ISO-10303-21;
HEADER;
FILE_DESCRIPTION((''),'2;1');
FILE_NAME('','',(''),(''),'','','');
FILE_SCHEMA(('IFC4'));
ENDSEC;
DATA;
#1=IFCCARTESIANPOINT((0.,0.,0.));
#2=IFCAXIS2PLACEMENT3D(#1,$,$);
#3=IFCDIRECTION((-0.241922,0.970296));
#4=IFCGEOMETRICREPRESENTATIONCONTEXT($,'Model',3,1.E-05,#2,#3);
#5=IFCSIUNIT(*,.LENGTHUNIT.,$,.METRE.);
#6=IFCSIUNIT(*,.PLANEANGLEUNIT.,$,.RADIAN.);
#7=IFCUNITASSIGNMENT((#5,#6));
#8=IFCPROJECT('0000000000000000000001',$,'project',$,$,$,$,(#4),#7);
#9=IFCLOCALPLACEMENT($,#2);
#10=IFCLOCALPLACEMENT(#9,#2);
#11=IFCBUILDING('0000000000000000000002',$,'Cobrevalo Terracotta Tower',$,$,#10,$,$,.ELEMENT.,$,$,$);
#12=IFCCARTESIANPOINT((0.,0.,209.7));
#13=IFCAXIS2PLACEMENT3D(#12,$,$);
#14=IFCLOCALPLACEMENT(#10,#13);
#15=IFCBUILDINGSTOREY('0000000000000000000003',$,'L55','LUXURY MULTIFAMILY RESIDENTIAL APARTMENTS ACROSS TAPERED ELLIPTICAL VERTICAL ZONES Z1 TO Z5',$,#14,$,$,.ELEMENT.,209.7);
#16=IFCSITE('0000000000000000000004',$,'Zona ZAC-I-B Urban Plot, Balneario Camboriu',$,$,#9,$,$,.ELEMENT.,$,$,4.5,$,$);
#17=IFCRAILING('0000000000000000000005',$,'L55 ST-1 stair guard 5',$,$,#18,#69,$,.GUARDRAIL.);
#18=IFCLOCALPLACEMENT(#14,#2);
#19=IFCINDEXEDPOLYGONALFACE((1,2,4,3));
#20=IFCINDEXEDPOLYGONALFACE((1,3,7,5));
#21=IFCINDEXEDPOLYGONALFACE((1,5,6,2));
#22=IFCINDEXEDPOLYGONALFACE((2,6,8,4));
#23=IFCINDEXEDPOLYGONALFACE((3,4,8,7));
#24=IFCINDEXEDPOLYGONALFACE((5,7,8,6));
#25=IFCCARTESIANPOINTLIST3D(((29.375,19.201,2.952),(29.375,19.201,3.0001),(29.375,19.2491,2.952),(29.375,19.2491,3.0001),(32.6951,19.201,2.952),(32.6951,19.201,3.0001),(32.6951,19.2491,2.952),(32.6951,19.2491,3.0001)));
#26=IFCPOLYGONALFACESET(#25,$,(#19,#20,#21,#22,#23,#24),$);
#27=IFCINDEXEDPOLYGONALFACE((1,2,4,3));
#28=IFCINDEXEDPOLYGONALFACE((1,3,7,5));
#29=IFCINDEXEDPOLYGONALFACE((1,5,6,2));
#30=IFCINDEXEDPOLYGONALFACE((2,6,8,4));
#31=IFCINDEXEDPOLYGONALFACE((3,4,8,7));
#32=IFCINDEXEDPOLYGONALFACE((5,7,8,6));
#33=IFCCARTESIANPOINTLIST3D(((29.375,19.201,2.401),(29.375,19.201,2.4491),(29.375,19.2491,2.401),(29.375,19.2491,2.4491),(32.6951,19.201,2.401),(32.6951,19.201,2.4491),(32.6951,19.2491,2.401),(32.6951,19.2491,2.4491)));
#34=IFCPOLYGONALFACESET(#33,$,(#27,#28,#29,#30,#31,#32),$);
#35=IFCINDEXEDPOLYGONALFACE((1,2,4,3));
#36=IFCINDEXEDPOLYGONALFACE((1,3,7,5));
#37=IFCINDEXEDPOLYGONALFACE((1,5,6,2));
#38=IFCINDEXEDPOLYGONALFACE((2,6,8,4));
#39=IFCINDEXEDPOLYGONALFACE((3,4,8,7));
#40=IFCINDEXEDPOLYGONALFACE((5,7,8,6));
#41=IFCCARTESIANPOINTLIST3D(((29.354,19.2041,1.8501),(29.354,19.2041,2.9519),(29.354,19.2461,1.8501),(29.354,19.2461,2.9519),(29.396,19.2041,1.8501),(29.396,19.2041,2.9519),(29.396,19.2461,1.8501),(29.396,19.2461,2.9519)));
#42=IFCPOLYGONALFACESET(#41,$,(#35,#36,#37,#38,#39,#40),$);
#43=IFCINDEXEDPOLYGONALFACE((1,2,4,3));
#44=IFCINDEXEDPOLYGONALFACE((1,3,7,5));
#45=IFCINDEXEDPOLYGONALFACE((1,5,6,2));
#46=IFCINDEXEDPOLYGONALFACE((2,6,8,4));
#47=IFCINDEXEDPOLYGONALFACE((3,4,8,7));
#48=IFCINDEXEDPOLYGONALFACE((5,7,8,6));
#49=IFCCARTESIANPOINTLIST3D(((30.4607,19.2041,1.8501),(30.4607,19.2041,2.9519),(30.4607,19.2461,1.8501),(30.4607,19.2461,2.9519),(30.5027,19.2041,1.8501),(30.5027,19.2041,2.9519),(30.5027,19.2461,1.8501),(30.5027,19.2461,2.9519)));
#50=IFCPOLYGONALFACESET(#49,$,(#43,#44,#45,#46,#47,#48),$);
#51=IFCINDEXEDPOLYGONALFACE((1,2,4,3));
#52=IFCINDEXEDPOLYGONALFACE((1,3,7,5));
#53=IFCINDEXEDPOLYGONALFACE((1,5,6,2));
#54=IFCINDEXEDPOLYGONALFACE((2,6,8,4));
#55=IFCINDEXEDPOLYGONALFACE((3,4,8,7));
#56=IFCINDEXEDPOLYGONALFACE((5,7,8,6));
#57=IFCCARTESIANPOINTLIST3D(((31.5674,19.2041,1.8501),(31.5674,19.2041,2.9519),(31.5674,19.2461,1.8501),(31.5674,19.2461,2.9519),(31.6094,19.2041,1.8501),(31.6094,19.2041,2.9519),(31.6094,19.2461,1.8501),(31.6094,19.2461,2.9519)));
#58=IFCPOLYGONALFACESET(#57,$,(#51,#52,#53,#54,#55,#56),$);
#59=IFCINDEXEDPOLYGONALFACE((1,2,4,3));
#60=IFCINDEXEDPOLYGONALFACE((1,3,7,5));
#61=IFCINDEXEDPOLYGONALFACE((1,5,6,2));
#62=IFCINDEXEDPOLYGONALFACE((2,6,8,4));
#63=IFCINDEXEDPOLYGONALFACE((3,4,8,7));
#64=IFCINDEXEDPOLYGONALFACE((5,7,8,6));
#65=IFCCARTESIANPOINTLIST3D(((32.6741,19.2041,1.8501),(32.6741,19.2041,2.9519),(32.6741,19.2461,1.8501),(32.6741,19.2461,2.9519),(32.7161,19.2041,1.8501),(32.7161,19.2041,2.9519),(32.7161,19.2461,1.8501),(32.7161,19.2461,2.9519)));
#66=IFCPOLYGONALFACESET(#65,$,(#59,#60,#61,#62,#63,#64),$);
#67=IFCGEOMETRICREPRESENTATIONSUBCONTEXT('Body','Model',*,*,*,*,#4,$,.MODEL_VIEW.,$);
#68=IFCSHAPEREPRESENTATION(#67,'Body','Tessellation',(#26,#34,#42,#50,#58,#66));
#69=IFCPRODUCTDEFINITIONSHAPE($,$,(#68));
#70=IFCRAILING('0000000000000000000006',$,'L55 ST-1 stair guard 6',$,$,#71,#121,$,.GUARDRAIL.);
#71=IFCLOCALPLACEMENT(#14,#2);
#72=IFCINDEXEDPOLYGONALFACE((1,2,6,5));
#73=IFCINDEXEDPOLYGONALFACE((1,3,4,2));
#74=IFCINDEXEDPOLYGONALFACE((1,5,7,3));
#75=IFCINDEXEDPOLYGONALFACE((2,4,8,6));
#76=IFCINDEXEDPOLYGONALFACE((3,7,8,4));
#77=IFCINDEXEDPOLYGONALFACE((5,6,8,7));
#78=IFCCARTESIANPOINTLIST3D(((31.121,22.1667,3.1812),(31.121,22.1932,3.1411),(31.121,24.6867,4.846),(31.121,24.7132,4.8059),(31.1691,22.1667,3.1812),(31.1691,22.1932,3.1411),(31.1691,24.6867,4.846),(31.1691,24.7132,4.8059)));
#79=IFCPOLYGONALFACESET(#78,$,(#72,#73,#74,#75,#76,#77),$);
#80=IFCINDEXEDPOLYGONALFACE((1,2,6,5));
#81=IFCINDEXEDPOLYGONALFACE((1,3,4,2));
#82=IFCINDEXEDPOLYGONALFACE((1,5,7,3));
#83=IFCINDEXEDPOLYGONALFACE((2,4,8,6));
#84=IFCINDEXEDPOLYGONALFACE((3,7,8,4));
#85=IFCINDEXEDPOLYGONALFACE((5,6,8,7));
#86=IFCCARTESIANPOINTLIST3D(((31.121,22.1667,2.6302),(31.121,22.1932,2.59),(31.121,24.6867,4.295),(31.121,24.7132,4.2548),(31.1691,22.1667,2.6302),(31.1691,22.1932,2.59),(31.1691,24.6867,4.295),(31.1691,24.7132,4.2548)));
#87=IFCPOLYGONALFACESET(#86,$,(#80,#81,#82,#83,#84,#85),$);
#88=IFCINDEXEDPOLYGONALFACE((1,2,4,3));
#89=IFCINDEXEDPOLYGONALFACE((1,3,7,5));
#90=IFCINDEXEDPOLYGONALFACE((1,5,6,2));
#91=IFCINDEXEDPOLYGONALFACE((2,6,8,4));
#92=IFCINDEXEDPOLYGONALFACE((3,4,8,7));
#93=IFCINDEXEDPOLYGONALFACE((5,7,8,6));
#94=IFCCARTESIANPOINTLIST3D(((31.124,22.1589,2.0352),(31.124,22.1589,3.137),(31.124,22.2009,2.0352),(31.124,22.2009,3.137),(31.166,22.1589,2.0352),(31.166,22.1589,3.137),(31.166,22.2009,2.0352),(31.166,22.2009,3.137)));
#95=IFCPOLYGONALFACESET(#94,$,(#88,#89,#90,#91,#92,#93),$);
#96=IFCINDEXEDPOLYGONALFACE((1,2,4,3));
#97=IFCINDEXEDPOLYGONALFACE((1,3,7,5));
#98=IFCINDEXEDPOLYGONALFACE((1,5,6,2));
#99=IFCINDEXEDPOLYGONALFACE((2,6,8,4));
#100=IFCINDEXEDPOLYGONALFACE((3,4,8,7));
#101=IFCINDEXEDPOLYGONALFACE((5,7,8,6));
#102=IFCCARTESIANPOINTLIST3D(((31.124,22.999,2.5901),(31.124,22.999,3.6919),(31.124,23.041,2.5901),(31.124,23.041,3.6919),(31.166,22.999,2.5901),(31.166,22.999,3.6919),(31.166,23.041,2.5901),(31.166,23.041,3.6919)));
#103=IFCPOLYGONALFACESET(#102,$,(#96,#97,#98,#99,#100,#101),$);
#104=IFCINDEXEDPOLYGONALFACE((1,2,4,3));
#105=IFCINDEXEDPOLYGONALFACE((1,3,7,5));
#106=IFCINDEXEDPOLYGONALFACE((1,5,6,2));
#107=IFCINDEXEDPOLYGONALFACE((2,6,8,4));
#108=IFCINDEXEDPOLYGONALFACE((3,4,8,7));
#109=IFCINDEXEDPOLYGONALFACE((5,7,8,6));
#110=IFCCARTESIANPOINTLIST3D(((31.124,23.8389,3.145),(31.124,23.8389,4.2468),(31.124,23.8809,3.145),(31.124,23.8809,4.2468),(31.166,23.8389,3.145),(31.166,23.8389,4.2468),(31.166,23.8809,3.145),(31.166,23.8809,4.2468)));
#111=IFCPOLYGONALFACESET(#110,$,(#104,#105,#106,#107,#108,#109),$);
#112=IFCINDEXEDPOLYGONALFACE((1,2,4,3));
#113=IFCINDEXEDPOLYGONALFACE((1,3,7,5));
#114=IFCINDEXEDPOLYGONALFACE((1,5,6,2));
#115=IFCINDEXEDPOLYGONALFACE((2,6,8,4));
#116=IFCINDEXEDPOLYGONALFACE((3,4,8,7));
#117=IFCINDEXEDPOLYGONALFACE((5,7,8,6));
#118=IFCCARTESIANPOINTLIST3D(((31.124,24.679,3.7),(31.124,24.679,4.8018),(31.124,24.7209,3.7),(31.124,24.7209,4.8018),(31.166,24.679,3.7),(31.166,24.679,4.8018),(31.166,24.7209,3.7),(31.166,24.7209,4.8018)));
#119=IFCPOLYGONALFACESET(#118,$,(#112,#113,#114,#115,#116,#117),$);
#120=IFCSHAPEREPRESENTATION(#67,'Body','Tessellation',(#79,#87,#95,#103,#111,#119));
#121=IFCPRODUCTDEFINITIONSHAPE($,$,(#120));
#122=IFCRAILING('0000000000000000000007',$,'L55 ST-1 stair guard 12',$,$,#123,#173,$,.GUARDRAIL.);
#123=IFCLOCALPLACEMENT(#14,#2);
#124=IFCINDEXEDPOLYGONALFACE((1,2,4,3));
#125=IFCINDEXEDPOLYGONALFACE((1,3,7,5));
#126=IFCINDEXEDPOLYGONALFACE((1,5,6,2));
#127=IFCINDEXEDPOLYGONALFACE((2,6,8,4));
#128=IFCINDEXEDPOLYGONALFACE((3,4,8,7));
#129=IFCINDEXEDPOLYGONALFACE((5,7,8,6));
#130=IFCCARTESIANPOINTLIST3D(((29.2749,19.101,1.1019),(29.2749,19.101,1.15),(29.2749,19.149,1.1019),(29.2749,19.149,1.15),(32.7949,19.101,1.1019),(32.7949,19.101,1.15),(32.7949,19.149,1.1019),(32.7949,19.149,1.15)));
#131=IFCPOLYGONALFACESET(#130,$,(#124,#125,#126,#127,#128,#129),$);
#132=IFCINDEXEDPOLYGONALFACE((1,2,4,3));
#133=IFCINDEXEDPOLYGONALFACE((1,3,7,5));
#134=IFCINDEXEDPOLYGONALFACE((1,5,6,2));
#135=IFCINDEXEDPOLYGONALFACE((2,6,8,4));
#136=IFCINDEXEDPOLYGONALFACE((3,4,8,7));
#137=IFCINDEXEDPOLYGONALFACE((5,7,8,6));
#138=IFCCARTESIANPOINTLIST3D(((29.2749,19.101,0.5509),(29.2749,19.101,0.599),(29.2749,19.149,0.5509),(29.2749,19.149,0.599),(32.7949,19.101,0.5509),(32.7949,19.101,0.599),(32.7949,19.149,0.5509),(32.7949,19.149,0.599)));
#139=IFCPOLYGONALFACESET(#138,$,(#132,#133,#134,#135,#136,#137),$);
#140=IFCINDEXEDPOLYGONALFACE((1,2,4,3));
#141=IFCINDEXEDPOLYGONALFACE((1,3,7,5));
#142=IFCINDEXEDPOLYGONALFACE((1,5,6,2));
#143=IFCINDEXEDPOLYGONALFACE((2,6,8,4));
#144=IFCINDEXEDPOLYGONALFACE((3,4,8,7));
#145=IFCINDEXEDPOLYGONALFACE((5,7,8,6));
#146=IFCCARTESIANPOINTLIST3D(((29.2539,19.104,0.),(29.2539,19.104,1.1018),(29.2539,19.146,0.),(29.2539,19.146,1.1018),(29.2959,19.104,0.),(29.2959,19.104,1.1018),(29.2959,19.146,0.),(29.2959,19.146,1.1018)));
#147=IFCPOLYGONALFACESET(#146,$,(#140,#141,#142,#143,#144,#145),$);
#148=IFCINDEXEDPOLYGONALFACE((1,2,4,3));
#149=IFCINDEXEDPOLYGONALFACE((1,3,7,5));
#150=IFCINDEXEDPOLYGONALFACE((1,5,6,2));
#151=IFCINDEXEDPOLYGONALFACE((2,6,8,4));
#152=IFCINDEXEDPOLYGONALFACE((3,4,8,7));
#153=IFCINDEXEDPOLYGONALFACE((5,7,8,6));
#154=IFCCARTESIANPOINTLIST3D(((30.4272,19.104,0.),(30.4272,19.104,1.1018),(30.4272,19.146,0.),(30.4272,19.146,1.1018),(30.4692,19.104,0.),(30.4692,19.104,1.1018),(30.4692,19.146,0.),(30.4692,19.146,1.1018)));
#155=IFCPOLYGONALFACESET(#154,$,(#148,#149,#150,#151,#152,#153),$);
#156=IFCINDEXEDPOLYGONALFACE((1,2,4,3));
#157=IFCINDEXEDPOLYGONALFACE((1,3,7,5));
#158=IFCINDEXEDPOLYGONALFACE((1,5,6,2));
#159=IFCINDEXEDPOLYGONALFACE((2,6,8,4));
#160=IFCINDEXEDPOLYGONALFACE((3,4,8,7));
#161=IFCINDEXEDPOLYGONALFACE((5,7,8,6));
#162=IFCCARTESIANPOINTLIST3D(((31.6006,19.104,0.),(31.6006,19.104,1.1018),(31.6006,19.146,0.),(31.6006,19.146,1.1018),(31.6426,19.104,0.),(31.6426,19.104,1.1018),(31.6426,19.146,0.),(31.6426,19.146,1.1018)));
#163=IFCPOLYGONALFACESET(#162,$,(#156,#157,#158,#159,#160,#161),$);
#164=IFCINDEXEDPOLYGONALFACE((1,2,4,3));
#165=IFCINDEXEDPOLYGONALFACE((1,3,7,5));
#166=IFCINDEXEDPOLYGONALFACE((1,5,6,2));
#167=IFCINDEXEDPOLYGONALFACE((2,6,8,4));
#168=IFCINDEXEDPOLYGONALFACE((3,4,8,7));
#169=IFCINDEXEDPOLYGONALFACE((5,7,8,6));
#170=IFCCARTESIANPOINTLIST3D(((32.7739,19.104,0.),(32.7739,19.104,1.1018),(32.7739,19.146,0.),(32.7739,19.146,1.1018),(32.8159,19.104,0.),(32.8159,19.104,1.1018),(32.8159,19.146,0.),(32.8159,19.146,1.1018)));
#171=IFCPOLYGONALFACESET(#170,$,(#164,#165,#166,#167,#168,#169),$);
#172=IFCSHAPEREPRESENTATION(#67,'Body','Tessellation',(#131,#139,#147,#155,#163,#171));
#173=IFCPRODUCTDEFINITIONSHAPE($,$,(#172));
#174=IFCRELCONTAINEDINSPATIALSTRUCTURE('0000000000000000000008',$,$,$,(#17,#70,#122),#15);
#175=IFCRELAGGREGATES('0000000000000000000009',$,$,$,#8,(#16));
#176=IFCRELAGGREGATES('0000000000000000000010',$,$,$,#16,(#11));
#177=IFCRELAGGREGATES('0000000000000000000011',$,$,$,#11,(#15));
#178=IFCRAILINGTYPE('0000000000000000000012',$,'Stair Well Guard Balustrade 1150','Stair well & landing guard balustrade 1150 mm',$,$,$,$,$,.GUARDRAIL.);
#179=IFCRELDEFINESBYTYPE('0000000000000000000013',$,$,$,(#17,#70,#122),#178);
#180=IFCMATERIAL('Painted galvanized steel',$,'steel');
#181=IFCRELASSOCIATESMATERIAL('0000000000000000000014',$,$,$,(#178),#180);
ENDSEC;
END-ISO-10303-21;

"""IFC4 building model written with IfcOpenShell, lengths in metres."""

from ifc_helpers import new_model, si_unit, direction, frame, origin, origin_2d, place, context, subcontext, project, spatial, rectangle, extrude, material, type_object, element, save


model = new_model("IFC4")

# Units and contexts
model_context = context("Model", 3, precision=1e-05, world=origin(), true_north=direction((-0.241922, 0.970296)))
body_context = subcontext(model_context, "Body", "Model", "MODEL_VIEW")
ifc_project = project(units=[si_unit("LENGTHUNIT", "METRE"), si_unit("PLANEANGLEUNIT", "RADIAN")], contexts=[model_context])

# Site, building, storey
site_placement = place(None, origin())
site = spatial("IfcSite", under=ifc_project, at=site_placement, Name="Zona ZAC-I-B Urban Plot, Balneario Camboriu", CompositionType="ELEMENT", RefElevation=4.5)
building_placement = place(site_placement, origin())
building = spatial("IfcBuilding", under=site, at=building_placement, Name="Cobrevalo Terracotta Tower", CompositionType="ELEMENT")
storey_placement = place(building_placement, frame((0.0, 0.0, 209.7)))
storey = spatial("IfcBuildingStorey", under=building, at=storey_placement, Name="L55", Description="LUXURY MULTIFAMILY RESIDENTIAL APARTMENTS ACROSS TAPERED ELLIPTICAL VERTICAL ZONES Z1 TO Z5", CompositionType="ELEMENT", Elevation=209.7)

# Railings
ifc_material_1 = material(Name="Painted galvanized steel", Category="steel")
railing_type_1 = type_object("IfcRailingType", Name="Stair Well Guard Balustrade 1150", Description="Stair well & landing guard balustrade 1150 mm", PredefinedType="GUARDRAIL", material=ifc_material_1)
railing_1_placement = place(storey_placement, frame((29.375, 19.2251, 1.8501)))
element("IfcRailing", 1, at=railing_1_placement, inside=storey, type_object=railing_type_1, Name="L55 ST-1 stair guard 5", PredefinedType="GUARDRAIL", context=body_context, shape_type="SweptSolid", body=[
    extrude(rectangle(XDim=0.0481, YDim=0.0481, at=origin_2d()), frame((0.0, 0.0, 1.126), z_axis=(1.0, 0.0, 0.0), x_axis=(0.0, 1.0, 0.0)), (0.0, 0.0, 1.0), 3.3201),
    extrude(rectangle(XDim=0.0481, YDim=0.0481, at=origin_2d()), frame((0.0, 0.0, 0.575), z_axis=(1.0, 0.0, 0.0), x_axis=(0.0, 1.0, 0.0)), (0.0, 0.0, 1.0), 3.3201),
    extrude(rectangle(XDim=0.042, YDim=0.042, at=origin_2d()), origin(), (0.0, 0.0, 1.0), 1.1018),
    extrude(rectangle(XDim=0.042, YDim=0.042, at=origin_2d()), frame((1.1067, 0.0, 0.0)), (0.0, 0.0, 1.0), 1.1018),
    extrude(rectangle(XDim=0.042, YDim=0.042, at=origin_2d()), frame((2.2134, 0.0, 0.0)), (0.0, 0.0, 1.0), 1.1018),
    extrude(rectangle(XDim=0.042, YDim=0.042, at=origin_2d()), frame((3.3201, 0.0, 0.0)), (0.0, 0.0, 1.0), 1.1018),
])
railing_2_placement = place(storey_placement, frame((31.145, 22.1799, 2.0352)))
element("IfcRailing", 2, at=railing_2_placement, inside=storey, type_object=railing_type_1, Name="L55 ST-1 stair guard 6", PredefinedType="GUARDRAIL", context=body_context, shape_type="SweptSolid", body=[
    extrude(rectangle(XDim=0.0481, YDim=0.0481, at=origin_2d()), frame((0.0, 0.0, 1.126), z_axis=(0.0, 0.834369, 0.551207), x_axis=(-1.0, 0.0, 0.0)), (0.0, 0.0, 1.0), 3.0203),
    extrude(rectangle(XDim=0.0481, YDim=0.0481, at=origin_2d()), frame((0.0, 0.0, 0.575), z_axis=(0.0, 0.834369, 0.551207), x_axis=(-1.0, 0.0, 0.0)), (0.0, 0.0, 1.0), 3.0203),
    extrude(rectangle(XDim=0.042, YDim=0.042, at=origin_2d()), origin(), (0.0, 0.0, 1.0), 1.1018),
    extrude(rectangle(XDim=0.042, YDim=0.042, at=origin_2d()), frame((0.0, 0.8401, 0.5549)), (0.0, 0.0, 1.0), 1.1018),
    extrude(rectangle(XDim=0.042, YDim=0.042, at=origin_2d()), frame((0.0, 1.6799, 1.1099)), (0.0, 0.0, 1.0), 1.1018),
    extrude(rectangle(XDim=0.042, YDim=0.042, at=origin_2d()), frame((0.0, 2.52, 1.6648)), (0.0, 0.0, 1.0), 1.1018),
])
railing_3_placement = place(storey_placement, frame((29.2749, 19.125, 0.0)))
element("IfcRailing", 3, at=railing_3_placement, inside=storey, type_object=railing_type_1, Name="L55 ST-1 stair guard 12", PredefinedType="GUARDRAIL", context=body_context, shape_type="SweptSolid", body=[
    extrude(rectangle(XDim=0.0481, YDim=0.0481, at=origin_2d()), frame((0.0, 0.0, 1.126), z_axis=(1.0, 0.0, 0.0), x_axis=(0.0, 1.0, 0.0)), (0.0, 0.0, 1.0), 3.52),
    extrude(rectangle(XDim=0.0481, YDim=0.0481, at=origin_2d()), frame((0.0, 0.0, 0.575), z_axis=(1.0, 0.0, 0.0), x_axis=(0.0, 1.0, 0.0)), (0.0, 0.0, 1.0), 3.52),
    extrude(rectangle(XDim=0.042, YDim=0.042, at=origin_2d()), origin(), (0.0, 0.0, 1.0), 1.1018),
    extrude(rectangle(XDim=0.042, YDim=0.042, at=origin_2d()), frame((1.1733, 0.0, 0.0)), (0.0, 0.0, 1.0), 1.1018),
    extrude(rectangle(XDim=0.042, YDim=0.042, at=origin_2d()), frame((2.3467, 0.0, 0.0)), (0.0, 0.0, 1.0), 1.1018),
    extrude(rectangle(XDim=0.042, YDim=0.042, at=origin_2d()), frame((3.52, 0.0, 0.0)), (0.0, 0.0, 1.0), 1.1018),
])

save(model, "model.ifc")
